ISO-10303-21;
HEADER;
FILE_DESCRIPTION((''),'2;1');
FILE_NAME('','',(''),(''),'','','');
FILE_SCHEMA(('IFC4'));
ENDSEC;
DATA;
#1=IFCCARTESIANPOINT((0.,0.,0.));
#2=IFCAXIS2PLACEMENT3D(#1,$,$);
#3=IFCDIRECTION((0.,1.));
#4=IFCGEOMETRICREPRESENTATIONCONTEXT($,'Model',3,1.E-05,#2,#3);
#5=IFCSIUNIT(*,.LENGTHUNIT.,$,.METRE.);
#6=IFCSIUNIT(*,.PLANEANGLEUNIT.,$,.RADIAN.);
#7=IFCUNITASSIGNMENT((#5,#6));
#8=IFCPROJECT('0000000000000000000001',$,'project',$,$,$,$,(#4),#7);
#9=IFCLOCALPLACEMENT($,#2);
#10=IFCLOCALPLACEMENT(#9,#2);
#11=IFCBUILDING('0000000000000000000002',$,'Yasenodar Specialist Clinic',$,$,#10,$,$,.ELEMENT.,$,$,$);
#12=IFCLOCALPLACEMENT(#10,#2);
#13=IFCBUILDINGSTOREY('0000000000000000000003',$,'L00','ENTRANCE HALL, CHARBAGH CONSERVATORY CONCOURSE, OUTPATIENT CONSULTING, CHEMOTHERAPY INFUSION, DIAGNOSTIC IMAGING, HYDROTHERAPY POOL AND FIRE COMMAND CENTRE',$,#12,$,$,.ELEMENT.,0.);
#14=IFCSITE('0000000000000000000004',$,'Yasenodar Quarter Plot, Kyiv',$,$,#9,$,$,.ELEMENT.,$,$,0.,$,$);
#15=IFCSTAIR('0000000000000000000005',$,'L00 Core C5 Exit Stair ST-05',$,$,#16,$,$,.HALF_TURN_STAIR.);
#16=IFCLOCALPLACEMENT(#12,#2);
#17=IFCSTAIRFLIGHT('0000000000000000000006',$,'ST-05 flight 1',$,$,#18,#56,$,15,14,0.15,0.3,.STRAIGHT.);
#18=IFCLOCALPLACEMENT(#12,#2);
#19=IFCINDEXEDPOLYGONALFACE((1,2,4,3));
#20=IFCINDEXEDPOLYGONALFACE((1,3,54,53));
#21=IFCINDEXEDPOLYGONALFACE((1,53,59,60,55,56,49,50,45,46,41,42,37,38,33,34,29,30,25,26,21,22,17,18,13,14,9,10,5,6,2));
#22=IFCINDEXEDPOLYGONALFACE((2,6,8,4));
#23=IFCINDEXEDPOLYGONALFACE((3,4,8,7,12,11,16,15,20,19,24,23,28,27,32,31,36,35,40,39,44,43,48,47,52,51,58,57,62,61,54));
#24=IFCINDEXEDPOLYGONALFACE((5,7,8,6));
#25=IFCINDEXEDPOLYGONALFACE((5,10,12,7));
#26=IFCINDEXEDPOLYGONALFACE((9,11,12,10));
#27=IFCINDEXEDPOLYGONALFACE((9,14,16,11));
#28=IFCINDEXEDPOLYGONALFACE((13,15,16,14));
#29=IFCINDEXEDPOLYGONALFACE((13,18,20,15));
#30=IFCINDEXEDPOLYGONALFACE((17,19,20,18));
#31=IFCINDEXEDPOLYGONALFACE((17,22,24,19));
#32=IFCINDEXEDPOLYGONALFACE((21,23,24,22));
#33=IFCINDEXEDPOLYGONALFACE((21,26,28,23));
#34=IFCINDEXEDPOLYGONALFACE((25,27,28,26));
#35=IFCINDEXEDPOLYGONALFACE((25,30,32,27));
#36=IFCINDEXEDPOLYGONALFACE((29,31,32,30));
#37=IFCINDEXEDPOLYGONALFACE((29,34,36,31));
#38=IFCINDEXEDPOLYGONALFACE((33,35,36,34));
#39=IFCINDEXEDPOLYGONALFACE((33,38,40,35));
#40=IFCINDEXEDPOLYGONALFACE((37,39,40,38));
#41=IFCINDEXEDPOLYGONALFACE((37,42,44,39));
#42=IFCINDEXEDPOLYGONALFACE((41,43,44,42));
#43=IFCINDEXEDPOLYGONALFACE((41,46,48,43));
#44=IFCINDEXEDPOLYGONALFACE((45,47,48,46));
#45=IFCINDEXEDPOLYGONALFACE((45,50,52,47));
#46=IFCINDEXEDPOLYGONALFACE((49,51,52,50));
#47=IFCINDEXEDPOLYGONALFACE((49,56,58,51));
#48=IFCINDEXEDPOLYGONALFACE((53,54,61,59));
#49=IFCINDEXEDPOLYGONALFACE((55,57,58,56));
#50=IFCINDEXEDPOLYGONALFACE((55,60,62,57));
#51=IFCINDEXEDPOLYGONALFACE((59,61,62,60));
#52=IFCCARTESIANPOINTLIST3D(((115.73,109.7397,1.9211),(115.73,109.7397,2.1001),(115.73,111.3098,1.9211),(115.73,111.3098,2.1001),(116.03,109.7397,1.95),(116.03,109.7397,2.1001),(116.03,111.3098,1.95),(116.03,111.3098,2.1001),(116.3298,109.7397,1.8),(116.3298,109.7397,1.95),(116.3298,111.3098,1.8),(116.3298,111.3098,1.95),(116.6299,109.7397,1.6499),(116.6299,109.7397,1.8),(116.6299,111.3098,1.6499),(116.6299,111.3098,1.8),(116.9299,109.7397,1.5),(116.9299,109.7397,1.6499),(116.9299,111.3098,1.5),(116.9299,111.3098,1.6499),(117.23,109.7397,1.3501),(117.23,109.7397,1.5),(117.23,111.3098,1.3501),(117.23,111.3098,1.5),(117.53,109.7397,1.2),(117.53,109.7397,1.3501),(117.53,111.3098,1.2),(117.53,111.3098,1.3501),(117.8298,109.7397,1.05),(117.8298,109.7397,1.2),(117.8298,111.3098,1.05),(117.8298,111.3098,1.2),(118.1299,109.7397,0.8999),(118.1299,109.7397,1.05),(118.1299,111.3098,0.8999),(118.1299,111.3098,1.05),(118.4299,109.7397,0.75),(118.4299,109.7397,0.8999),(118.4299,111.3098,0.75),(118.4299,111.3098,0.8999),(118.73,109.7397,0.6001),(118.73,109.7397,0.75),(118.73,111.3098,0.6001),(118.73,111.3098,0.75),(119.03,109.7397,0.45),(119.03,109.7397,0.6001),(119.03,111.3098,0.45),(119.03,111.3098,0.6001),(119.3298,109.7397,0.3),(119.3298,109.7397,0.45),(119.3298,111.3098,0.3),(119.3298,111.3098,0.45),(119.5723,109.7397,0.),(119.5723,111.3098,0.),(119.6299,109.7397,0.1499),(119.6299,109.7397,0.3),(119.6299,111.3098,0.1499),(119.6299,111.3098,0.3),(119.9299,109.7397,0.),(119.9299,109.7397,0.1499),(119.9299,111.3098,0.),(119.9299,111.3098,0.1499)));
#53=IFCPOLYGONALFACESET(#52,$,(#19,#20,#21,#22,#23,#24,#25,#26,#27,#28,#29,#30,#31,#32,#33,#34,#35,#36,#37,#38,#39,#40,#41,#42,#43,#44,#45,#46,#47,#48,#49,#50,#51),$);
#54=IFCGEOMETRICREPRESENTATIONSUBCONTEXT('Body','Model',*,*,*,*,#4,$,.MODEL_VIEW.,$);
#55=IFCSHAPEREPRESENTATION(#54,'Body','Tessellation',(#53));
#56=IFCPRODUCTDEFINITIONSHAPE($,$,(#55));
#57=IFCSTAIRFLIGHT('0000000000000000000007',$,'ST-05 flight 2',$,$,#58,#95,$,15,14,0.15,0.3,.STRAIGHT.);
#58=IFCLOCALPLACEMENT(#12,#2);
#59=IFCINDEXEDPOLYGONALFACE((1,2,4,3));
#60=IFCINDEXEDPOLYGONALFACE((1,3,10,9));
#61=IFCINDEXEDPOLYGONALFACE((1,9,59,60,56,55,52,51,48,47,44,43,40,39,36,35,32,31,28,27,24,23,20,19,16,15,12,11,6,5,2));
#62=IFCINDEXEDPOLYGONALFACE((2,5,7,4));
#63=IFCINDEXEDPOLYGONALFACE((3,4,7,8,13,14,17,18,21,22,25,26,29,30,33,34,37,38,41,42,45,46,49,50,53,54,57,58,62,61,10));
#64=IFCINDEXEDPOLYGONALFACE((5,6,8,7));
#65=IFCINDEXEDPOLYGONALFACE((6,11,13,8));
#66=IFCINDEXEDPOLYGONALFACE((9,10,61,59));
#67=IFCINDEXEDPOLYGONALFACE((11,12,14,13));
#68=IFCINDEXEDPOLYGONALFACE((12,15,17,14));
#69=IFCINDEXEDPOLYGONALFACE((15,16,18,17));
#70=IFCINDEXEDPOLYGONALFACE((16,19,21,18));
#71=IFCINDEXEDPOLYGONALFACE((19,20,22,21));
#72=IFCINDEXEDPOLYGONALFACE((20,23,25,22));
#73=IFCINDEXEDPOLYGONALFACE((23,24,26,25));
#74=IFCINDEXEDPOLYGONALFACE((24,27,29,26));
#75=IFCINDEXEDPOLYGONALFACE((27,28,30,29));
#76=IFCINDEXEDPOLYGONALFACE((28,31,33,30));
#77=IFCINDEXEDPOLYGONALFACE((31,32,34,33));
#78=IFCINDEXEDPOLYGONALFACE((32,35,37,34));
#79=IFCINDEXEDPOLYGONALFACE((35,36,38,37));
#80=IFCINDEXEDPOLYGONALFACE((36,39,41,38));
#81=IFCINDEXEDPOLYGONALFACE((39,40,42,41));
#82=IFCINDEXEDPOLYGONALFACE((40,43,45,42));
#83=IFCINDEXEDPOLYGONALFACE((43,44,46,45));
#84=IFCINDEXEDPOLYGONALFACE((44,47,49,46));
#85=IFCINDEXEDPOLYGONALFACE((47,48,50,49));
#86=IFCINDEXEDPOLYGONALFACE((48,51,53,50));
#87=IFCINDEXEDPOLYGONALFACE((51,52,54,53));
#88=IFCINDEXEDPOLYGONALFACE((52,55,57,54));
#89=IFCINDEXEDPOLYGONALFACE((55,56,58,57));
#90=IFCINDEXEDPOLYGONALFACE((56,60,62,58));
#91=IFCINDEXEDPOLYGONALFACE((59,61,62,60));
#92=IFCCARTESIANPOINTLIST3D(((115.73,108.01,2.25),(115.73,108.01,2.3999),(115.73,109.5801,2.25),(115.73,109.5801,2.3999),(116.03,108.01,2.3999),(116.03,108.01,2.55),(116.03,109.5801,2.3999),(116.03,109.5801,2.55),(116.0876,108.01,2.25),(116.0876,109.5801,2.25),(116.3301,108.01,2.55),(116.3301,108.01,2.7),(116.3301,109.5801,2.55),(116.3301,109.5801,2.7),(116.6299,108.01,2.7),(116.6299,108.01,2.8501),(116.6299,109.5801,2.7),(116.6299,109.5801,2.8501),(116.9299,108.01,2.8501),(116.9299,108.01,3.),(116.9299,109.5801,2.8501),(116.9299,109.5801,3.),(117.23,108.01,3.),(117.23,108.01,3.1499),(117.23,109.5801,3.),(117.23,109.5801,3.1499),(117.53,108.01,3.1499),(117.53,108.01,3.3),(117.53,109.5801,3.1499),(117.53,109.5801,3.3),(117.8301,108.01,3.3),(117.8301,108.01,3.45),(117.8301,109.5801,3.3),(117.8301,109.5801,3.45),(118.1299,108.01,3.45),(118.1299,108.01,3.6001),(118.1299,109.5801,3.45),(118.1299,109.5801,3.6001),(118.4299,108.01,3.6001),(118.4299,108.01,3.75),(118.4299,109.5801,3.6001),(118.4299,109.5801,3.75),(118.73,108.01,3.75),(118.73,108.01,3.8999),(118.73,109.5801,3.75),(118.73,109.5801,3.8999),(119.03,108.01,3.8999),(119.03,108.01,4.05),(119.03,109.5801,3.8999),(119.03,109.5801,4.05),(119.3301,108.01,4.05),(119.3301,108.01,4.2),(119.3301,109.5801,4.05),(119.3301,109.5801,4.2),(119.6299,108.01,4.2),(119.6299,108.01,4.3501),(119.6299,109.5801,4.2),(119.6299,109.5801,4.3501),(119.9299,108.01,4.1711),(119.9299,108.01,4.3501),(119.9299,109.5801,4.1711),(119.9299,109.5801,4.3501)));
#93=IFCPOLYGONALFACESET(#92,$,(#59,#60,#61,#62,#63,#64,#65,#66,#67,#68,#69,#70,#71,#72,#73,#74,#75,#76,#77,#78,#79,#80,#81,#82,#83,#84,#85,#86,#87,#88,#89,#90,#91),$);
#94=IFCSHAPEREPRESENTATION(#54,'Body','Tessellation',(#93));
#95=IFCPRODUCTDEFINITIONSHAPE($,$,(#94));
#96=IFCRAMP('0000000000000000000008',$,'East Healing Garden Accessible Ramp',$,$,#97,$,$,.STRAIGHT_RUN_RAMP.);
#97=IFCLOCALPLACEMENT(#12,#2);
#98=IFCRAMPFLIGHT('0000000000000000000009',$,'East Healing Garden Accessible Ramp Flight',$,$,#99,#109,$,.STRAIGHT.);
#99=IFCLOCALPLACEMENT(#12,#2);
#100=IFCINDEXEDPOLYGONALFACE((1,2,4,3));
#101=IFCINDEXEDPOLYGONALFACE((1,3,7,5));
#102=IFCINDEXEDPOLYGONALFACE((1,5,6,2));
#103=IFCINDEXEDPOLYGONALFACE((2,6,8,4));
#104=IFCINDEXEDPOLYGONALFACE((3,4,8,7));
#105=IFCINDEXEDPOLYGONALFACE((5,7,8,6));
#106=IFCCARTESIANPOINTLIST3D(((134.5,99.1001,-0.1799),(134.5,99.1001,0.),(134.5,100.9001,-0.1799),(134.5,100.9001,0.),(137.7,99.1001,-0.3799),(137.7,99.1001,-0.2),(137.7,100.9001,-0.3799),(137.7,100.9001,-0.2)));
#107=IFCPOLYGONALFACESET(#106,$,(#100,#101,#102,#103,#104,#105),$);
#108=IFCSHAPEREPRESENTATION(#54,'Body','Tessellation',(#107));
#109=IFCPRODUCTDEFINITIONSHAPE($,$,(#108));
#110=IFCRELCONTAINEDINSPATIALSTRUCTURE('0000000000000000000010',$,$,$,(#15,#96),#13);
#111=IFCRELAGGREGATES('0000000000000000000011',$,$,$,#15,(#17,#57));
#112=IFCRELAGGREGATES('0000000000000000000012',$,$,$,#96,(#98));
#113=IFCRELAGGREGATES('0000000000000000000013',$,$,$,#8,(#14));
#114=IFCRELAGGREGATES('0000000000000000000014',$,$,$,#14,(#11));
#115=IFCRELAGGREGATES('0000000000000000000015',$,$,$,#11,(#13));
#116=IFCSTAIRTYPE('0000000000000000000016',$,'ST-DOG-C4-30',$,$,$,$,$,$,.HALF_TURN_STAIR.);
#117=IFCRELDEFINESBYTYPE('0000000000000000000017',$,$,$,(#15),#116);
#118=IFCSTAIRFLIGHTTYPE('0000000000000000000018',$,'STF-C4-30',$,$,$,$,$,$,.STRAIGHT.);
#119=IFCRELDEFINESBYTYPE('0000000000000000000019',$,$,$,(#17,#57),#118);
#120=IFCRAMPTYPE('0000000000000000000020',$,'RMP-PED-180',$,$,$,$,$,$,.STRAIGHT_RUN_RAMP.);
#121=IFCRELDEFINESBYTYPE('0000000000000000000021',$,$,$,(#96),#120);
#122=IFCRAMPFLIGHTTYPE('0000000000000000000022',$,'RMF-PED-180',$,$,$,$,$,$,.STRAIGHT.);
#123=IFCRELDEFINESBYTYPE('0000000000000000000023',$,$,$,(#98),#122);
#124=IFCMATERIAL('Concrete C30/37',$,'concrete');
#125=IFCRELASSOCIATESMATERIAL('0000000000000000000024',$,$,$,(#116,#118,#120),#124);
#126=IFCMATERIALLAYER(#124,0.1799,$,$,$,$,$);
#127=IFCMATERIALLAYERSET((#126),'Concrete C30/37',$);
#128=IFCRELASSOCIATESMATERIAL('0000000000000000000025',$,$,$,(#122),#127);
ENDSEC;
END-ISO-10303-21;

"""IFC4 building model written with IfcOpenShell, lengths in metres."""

from ifc_helpers import new_model, si_unit, direction, frame, origin, place, context, subcontext, project, spatial, polyline, outline, extrude, material, layer, layer_set, type_object, element, aggregate, save


model = new_model("IFC4")

# Units and contexts
model_context = context("Model", 3, precision=1e-05, world=origin(), true_north=direction((0.0, 1.0)))
body_context = subcontext(model_context, "Body", "Model", "MODEL_VIEW")
ifc_project = project(units=[si_unit("LENGTHUNIT", "METRE"), si_unit("PLANEANGLEUNIT", "RADIAN")], contexts=[model_context])

# Site, building, storey
site_placement = place(None, origin())
site = spatial("IfcSite", under=ifc_project, at=site_placement, Name="Yasenodar Quarter Plot, Kyiv", CompositionType="ELEMENT", RefElevation=0.0)
building_placement = place(site_placement, origin())
building = spatial("IfcBuilding", under=site, at=building_placement, Name="Yasenodar Specialist Clinic", CompositionType="ELEMENT")
storey_placement = place(building_placement, origin())
storey = spatial("IfcBuildingStorey", under=building, at=storey_placement, Name="L00", Description="ENTRANCE HALL, CHARBAGH CONSERVATORY CONCOURSE, OUTPATIENT CONSULTING, CHEMOTHERAPY INFUSION, DIAGNOSTIC IMAGING, HYDROTHERAPY POOL AND FIRE COMMAND CENTRE", CompositionType="ELEMENT", Elevation=0.0)

# Stair, stair flights
ifc_material_1 = material(Name="Concrete C30/37", Category="concrete")
stair_type = type_object("IfcStairType", Name="ST-DOG-C4-30", PredefinedType="HALF_TURN_STAIR", material=ifc_material_1)
stair_placement = place(storey_placement, origin())
stair = element("IfcStair", 1, at=stair_placement, inside=storey, type_object=stair_type, Name="L00 Core C5 Exit Stair ST-05", PredefinedType="HALF_TURN_STAIR")
stair_flight_type = type_object("IfcStairFlightType", Name="STF-C4-30", PredefinedType="STRAIGHT", material=ifc_material_1)
stair_flight_1_placement = place(storey_placement, frame((119.9299, 110.5249, 0.0), z_axis=(0.0, 0.0, 1.0), x_axis=(-1.0, 0.0, 0.0)))
stair_flight_1 = element("IfcStairFlight", 2, at=stair_flight_1_placement, type_object=stair_flight_type, Name="ST-05 flight 1", NumberOfRisers=15, NumberOfTreads=14, PredefinedType="STRAIGHT", RiserHeight=0.15, TreadLength=0.3, context=body_context, shape_type="SweptSolid", body=[
    extrude(outline(polyline([(0.0, 0.0), (0.0, 0.1499), (0.3, 0.1499), (0.3, 0.3), (0.6001, 0.3), (0.6001, 0.45), (0.8999, 0.45), (0.8999, 0.6001), (1.2, 0.6001), (1.2, 0.75), (1.5, 0.75), (1.5, 0.8999), (1.8, 0.8999), (1.8, 1.05), (2.1001, 1.05), (2.1001, 1.2), (2.3999, 1.2), (2.3999, 1.3501), (2.7, 1.3501), (2.7, 1.5), (3.0, 1.5), (3.0, 1.6499), (3.3, 1.6499), (3.3, 1.8), (3.6001, 1.8), (3.6001, 1.95), (3.8999, 1.95), (3.8999, 2.1001), (4.2, 2.1001), (4.2, 2.25), (4.2, 1.9211), (0.3577, 0.0), (0.0, 0.0)])), frame((0.0, 0.7852, 0.0), z_axis=(0.0, -1.0, 0.0), x_axis=(1.0, 0.0, 0.0)), (0.0, 0.0, 1.0), 1.5701),
])
stair_flight_2_placement = place(storey_placement, frame((115.73, 108.7949, 2.25), z_axis=(0.0, 0.0, 1.0), x_axis=(1.0, 0.0, 0.0)))
stair_flight_2 = element("IfcStairFlight", 3, at=stair_flight_2_placement, type_object=stair_flight_type, Name="ST-05 flight 2", NumberOfRisers=15, NumberOfTreads=14, PredefinedType="STRAIGHT", RiserHeight=0.15, TreadLength=0.3, context=body_context, shape_type="SweptSolid", body=[
    extrude(outline(polyline([(0.0, 0.0), (0.0, 0.1499), (0.3, 0.1499), (0.3, 0.3), (0.6001, 0.3), (0.6001, 0.45), (0.8999, 0.45), (0.8999, 0.6001), (1.2, 0.6001), (1.2, 0.75), (1.5, 0.75), (1.5, 0.8999), (1.8, 0.8999), (1.8, 1.05), (2.1001, 1.05), (2.1001, 1.2), (2.3999, 1.2), (2.3999, 1.3501), (2.7, 1.3501), (2.7, 1.5), (3.0, 1.5), (3.0, 1.6499), (3.3, 1.6499), (3.3, 1.8), (3.6001, 1.8), (3.6001, 1.95), (3.8999, 1.95), (3.8999, 2.1001), (4.2, 2.1001), (4.2, 2.25), (4.2, 1.9211), (0.3577, 0.0), (0.0, 0.0)])), frame((0.0, 0.7852, 0.0), z_axis=(0.0, -1.0, 0.0), x_axis=(1.0, 0.0, 0.0)), (0.0, 0.0, 1.0), 1.5701),
])
aggregate(stair, [stair_flight_1, stair_flight_2])

# Ramp, ramp flight
ramp_type = type_object("IfcRampType", Name="RMP-PED-180", PredefinedType="STRAIGHT_RUN_RAMP", material=ifc_material_1)
ramp_placement = place(storey_placement, origin())
ramp = element("IfcRamp", 4, at=ramp_placement, inside=storey, type_object=ramp_type, Name="East Healing Garden Accessible Ramp", PredefinedType="STRAIGHT_RUN_RAMP")
ifc_layer_1 = layer(ifc_material_1, 0.1799)
ifc_layer_set_1 = layer_set([ifc_layer_1], Name="Concrete C30/37")
ramp_flight_type = type_object("IfcRampFlightType", Name="RMF-PED-180", PredefinedType="STRAIGHT", material=ifc_layer_set_1)
ramp_flight_placement = place(storey_placement, frame((137.7, 100.0, -0.2), z_axis=(0.0, 0.0, 1.0), x_axis=(-1.0, 0.0, 0.0)))
ramp_flight = element("IfcRampFlight", 5, at=ramp_flight_placement, type_object=ramp_flight_type, Name="East Healing Garden Accessible Ramp Flight", PredefinedType="STRAIGHT", context=body_context, shape_type="SweptSolid", body=[
    extrude(outline(polyline([(0.0, 0.0), (3.2, 0.2), (3.2, 0.02), (0.0, -0.1799), (0.0, 0.0)])), frame((0.0, 0.8999, 0.0), z_axis=(0.0, -1.0, 0.0), x_axis=(1.0, 0.0, 0.0)), (0.0, 0.0, 1.0), 1.8),
])
aggregate(ramp, [ramp_flight])

save(model, "model.ifc")
